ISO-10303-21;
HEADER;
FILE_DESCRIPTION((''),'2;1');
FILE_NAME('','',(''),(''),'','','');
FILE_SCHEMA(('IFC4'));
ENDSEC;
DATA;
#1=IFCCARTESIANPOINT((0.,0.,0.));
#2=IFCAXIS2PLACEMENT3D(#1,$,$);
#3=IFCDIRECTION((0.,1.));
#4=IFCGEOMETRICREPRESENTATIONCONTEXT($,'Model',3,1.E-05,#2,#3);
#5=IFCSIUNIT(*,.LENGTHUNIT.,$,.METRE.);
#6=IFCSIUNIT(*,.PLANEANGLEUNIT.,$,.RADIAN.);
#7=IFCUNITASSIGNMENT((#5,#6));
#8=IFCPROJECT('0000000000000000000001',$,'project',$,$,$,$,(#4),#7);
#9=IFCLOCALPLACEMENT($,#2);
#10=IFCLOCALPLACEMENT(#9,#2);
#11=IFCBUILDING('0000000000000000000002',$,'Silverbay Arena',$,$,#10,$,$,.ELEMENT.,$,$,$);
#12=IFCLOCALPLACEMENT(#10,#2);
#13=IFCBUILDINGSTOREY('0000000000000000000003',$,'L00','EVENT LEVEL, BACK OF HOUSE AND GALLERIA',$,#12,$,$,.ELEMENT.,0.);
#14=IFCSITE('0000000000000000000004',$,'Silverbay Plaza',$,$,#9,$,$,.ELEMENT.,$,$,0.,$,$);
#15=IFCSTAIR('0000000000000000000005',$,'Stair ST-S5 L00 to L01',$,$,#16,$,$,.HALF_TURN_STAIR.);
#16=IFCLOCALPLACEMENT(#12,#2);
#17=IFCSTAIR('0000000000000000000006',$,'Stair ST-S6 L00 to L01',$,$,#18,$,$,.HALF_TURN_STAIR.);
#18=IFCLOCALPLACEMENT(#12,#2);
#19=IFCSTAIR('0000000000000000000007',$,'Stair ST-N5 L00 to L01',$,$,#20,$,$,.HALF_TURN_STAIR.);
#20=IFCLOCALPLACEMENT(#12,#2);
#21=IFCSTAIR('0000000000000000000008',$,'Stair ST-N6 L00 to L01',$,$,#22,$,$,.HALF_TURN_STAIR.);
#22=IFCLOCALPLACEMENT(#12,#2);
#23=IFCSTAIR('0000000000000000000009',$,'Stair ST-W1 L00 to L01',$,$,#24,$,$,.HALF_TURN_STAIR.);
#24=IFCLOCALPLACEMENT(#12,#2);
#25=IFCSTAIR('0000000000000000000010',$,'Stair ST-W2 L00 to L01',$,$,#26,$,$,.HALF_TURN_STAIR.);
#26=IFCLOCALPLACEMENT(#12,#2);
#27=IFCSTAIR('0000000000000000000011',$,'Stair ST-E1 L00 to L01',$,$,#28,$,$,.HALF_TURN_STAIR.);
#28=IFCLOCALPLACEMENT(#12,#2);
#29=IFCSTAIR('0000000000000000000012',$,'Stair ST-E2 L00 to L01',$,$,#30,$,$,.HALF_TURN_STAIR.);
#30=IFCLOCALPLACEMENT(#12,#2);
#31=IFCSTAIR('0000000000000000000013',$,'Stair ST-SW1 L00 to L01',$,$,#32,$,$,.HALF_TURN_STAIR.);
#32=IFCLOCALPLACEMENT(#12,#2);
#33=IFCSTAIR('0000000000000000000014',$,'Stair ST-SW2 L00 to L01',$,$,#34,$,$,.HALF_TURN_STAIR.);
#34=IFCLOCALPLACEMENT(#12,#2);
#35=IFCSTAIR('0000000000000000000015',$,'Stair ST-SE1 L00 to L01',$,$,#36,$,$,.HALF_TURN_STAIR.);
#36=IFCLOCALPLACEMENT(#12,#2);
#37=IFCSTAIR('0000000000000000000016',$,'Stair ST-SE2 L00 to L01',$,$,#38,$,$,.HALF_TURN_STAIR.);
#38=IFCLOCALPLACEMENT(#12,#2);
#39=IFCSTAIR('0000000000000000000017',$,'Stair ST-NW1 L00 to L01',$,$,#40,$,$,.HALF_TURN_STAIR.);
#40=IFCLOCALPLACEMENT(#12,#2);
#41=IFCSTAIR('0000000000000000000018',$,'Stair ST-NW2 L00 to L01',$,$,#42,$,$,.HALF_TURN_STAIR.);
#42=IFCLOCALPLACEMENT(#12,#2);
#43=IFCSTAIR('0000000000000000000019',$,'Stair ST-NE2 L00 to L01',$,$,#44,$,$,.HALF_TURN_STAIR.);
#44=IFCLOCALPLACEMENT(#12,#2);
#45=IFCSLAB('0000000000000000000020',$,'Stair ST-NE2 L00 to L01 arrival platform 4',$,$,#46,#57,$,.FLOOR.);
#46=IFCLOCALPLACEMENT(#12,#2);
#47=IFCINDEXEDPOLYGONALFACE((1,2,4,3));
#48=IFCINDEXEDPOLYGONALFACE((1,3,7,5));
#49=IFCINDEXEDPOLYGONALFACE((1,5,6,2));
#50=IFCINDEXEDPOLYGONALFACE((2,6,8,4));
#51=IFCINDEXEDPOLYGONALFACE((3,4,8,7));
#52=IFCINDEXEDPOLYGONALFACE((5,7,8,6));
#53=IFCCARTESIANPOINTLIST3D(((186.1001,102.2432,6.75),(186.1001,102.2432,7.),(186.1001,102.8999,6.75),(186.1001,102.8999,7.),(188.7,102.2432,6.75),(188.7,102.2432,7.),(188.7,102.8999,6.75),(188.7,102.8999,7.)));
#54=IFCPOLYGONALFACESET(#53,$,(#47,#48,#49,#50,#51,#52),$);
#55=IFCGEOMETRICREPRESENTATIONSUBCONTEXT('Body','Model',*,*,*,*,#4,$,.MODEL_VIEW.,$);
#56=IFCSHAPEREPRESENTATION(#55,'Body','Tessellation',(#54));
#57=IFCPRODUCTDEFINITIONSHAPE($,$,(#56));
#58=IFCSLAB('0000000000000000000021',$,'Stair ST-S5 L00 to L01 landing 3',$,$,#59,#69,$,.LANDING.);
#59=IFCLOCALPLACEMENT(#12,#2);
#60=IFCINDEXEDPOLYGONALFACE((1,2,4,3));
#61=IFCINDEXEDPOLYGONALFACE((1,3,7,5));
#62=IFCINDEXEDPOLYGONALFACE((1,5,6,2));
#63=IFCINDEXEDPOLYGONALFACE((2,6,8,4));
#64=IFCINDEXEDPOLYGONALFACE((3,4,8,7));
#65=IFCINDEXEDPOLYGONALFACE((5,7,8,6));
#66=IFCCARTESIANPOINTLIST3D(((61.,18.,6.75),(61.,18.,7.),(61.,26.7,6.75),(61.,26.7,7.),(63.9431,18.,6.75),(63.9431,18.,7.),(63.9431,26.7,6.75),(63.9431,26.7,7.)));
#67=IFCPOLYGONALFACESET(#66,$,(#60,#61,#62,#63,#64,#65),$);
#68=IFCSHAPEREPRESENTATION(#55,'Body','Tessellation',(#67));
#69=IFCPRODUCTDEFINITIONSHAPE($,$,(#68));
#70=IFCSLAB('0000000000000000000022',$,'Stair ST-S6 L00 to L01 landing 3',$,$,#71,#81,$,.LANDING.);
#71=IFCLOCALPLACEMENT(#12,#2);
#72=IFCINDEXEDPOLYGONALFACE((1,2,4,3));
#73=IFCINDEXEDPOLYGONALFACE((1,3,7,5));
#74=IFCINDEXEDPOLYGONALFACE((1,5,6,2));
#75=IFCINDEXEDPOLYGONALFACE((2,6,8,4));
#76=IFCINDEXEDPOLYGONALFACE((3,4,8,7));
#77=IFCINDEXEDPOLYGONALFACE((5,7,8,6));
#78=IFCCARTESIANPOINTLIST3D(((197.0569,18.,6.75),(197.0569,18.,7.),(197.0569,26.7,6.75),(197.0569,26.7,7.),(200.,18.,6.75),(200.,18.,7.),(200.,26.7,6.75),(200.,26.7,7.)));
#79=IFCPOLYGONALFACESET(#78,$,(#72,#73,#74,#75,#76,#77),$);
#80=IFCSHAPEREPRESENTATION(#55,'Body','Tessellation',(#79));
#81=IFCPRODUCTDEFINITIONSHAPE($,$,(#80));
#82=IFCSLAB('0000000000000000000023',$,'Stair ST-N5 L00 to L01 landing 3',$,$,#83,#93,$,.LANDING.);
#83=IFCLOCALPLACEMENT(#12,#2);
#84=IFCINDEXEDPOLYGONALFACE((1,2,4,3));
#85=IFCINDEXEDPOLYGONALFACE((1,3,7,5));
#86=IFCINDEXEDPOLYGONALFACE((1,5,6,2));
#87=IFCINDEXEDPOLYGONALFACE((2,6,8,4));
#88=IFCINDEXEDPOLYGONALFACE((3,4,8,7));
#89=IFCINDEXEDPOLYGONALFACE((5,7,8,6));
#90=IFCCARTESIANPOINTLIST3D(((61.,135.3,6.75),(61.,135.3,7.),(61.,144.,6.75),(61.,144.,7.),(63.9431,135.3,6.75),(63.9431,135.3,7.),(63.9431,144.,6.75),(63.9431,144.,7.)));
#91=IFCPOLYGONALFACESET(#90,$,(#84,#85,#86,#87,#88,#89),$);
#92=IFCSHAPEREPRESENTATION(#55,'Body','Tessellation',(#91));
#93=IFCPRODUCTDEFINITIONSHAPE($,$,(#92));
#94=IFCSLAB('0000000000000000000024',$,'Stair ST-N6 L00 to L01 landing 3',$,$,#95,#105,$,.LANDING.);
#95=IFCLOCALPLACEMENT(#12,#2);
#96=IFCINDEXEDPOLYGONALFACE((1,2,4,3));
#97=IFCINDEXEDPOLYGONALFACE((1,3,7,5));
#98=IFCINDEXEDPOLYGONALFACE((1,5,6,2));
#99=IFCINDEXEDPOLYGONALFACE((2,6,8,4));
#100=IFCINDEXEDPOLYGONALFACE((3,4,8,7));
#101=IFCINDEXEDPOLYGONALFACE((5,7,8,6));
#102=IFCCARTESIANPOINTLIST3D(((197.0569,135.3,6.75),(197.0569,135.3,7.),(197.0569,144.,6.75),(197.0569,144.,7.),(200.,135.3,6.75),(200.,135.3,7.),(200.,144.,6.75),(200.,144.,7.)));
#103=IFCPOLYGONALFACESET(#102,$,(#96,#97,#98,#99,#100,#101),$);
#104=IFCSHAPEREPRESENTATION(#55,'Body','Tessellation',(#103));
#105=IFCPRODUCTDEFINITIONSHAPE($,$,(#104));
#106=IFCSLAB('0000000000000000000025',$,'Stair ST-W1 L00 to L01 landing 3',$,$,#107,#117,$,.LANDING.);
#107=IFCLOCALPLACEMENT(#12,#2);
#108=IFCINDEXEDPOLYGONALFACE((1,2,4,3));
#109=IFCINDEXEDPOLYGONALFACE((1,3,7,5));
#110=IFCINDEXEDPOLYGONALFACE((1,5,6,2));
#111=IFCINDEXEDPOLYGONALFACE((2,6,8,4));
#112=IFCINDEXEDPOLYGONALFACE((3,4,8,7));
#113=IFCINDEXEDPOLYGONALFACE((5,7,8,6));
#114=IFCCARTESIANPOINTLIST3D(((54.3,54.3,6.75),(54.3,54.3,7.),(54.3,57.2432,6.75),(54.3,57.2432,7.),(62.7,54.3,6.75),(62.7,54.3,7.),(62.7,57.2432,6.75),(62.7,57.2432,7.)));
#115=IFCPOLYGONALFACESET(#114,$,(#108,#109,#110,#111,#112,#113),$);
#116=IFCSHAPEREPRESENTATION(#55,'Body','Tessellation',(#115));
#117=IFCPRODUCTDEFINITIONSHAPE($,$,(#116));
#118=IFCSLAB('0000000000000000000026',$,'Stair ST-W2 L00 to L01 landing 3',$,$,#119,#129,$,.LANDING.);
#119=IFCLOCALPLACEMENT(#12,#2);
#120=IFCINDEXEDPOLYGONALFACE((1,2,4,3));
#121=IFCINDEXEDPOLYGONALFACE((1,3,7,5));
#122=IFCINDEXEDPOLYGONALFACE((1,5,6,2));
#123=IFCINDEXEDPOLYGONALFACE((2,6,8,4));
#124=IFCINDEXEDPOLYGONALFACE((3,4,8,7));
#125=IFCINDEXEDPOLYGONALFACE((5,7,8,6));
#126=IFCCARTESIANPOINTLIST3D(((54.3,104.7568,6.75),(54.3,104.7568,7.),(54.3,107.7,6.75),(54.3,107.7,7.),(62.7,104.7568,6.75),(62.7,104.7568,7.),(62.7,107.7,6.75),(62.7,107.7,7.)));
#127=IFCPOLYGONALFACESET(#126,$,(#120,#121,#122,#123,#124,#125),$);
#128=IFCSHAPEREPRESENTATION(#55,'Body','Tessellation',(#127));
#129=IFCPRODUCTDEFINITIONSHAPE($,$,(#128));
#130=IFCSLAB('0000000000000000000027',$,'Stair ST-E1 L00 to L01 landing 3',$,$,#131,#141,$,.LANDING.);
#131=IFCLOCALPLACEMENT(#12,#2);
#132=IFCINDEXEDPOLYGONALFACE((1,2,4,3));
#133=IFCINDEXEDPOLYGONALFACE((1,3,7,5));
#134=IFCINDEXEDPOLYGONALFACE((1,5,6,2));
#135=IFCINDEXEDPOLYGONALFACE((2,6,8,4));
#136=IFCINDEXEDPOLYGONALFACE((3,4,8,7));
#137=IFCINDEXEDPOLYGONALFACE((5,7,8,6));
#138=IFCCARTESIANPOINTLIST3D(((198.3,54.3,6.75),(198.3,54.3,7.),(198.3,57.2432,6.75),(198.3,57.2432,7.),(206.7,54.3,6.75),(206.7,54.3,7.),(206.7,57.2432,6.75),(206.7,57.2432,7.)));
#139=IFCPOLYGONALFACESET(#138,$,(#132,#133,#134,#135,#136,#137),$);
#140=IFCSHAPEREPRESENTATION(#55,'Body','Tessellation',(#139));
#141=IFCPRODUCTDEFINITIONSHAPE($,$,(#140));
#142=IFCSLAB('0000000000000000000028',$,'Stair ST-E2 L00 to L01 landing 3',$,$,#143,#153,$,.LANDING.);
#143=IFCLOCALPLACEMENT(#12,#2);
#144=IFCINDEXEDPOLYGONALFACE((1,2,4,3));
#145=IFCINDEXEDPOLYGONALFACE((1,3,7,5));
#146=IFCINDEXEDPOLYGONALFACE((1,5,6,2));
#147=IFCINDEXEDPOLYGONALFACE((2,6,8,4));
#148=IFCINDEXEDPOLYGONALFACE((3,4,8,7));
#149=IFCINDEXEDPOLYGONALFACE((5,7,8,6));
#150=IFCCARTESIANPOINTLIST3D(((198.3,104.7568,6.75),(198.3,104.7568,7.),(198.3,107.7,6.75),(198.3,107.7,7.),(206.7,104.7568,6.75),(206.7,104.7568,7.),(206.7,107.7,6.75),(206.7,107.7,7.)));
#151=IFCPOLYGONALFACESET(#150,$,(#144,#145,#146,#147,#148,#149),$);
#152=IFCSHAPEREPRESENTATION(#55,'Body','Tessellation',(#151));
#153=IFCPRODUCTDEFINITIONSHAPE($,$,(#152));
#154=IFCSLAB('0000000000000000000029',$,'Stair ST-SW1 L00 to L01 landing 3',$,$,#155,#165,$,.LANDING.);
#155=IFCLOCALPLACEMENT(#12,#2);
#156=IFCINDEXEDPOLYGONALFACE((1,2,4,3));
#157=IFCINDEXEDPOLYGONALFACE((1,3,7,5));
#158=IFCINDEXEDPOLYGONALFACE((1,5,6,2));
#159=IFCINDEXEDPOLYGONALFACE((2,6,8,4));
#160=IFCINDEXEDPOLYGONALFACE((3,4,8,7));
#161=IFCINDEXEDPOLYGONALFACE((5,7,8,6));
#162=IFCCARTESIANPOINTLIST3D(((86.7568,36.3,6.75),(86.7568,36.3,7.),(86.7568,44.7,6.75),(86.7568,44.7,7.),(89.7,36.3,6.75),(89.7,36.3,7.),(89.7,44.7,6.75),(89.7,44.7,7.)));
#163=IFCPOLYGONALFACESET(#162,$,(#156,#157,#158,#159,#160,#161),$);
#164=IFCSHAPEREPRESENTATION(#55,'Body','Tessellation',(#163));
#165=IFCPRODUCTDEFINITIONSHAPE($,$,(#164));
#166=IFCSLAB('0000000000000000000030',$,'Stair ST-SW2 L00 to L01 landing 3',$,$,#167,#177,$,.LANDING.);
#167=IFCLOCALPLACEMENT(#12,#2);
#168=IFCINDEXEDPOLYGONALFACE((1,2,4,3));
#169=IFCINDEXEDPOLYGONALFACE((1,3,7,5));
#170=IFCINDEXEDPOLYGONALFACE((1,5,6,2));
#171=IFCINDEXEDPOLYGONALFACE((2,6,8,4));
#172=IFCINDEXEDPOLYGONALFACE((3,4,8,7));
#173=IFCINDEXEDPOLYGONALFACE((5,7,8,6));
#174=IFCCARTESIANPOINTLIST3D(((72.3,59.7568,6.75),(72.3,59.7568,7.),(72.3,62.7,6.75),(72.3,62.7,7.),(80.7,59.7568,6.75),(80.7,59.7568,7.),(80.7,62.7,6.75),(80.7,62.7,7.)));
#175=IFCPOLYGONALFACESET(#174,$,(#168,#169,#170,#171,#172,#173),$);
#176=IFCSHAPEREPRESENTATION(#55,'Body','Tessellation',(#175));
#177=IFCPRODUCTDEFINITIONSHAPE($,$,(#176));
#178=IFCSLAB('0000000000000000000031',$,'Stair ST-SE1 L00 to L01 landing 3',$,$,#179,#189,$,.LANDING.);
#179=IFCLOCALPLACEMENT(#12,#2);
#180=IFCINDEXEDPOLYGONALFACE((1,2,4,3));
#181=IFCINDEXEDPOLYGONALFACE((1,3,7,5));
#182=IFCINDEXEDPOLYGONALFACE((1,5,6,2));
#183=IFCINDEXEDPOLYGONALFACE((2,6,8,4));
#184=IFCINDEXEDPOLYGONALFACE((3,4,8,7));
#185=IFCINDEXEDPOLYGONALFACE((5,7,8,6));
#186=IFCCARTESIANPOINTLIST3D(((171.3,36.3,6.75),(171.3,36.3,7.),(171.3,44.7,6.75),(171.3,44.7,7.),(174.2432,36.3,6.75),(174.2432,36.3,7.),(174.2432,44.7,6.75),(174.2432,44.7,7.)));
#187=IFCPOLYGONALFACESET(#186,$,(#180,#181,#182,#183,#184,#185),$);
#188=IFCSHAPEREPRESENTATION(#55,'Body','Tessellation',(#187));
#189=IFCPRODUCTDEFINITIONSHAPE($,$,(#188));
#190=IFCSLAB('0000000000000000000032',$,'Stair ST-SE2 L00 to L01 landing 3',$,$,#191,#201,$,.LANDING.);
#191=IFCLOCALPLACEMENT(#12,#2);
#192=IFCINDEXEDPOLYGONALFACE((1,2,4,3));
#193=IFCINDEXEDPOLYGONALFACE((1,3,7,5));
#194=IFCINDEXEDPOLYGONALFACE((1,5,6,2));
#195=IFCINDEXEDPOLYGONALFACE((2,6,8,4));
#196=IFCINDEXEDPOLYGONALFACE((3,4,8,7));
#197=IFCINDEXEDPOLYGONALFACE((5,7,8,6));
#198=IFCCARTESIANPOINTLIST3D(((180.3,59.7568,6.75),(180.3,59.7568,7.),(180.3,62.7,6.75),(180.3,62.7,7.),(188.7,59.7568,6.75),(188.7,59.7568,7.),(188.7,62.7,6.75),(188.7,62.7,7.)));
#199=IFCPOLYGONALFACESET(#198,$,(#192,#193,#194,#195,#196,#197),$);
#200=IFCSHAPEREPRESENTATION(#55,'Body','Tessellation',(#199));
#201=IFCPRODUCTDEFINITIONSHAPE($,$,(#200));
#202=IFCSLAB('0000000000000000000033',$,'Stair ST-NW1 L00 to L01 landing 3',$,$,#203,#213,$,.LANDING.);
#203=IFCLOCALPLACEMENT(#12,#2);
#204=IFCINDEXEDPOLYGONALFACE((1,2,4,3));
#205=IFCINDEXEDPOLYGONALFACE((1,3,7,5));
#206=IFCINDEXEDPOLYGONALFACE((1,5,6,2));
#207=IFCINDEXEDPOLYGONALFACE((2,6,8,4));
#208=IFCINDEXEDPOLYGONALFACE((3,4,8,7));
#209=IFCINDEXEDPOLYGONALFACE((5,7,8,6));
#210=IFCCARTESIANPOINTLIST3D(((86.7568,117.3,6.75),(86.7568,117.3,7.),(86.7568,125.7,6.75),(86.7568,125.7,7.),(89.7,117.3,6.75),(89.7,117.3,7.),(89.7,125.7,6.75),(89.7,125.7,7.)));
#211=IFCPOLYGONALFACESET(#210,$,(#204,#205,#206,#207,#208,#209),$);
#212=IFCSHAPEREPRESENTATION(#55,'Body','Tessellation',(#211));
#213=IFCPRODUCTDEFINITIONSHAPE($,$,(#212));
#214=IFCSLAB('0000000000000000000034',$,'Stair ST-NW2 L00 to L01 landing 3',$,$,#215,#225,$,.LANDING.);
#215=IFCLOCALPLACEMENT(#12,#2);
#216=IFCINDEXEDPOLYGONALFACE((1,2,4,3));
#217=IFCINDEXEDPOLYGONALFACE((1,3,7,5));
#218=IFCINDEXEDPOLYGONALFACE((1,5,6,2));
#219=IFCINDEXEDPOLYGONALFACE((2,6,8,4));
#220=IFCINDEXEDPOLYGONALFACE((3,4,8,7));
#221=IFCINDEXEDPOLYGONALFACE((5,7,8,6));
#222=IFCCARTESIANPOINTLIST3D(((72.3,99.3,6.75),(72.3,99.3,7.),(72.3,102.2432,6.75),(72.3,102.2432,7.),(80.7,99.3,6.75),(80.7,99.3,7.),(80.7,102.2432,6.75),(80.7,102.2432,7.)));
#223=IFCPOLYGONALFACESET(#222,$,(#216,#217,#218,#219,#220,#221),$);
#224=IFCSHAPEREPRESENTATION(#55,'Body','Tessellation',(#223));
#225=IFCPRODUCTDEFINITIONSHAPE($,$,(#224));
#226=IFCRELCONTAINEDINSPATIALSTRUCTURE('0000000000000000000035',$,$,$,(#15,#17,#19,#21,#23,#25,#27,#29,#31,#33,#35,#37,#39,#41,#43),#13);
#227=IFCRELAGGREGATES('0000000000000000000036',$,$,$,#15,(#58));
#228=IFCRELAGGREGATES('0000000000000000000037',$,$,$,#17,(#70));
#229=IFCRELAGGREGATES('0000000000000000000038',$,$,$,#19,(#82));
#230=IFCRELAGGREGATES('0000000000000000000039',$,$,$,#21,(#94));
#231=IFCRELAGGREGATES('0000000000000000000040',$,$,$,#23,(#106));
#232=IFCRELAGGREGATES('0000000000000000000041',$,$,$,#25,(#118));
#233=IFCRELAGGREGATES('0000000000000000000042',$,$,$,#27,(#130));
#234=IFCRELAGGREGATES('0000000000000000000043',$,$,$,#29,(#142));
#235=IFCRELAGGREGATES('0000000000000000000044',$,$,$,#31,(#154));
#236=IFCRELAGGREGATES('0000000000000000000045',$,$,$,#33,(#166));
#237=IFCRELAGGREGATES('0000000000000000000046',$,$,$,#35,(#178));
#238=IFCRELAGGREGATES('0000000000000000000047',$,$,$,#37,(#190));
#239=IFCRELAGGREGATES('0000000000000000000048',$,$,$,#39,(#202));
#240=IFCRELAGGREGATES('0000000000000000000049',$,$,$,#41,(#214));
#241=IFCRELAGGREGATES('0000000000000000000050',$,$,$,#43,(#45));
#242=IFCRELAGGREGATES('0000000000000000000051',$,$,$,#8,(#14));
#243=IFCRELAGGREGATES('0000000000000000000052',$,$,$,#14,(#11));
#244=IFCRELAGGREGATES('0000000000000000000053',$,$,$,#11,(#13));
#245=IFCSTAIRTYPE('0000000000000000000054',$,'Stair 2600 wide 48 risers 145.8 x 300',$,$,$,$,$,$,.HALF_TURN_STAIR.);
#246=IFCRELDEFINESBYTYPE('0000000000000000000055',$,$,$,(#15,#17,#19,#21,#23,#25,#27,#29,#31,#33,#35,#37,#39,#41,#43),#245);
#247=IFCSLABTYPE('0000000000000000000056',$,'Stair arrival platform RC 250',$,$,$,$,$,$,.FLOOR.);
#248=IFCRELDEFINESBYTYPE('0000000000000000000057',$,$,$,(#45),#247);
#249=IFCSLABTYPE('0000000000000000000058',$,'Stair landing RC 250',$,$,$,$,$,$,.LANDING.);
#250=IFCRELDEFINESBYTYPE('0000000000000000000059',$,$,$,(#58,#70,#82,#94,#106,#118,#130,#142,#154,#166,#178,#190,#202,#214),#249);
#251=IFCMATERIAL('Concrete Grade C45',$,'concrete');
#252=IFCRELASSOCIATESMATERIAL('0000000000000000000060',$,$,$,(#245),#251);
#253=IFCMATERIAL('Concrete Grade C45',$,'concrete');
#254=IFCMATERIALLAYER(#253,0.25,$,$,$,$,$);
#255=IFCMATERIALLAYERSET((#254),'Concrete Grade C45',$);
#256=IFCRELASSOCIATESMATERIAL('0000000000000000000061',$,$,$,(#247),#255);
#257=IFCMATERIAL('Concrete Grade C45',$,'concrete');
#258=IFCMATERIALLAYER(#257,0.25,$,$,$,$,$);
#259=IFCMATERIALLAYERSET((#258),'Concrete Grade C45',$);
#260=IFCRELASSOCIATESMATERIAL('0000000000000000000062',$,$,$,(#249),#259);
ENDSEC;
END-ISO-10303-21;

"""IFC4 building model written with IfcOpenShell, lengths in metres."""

from ifc_helpers import new_model, si_unit, direction, frame, origin, place, context, subcontext, project, spatial, polyline, outline, extrude, material, layer, layer_set, type_object, element, aggregate, save


model = new_model("IFC4")

# Units and contexts
model_context = context("Model", 3, precision=1e-05, world=origin(), true_north=direction((0.0, 1.0)))
body_context = subcontext(model_context, "Body", "Model", "MODEL_VIEW")
ifc_project = project(units=[si_unit("LENGTHUNIT", "METRE"), si_unit("PLANEANGLEUNIT", "RADIAN")], contexts=[model_context])

# Site, building, storey
site_placement = place(None, origin())
site = spatial("IfcSite", under=ifc_project, at=site_placement, Name="Silverbay Plaza", CompositionType="ELEMENT", RefElevation=0.0)
building_placement = place(site_placement, origin())
building = spatial("IfcBuilding", under=site, at=building_placement, Name="Silverbay Arena", CompositionType="ELEMENT")
storey_placement = place(building_placement, origin())
storey = spatial("IfcBuildingStorey", under=building, at=storey_placement, Name="L00", Description="EVENT LEVEL, BACK OF HOUSE AND GALLERIA", CompositionType="ELEMENT", Elevation=0.0)

# Stairs, slab
ifc_material_1 = material(Name="Concrete Grade C45", Category="concrete")
stair_type = type_object("IfcStairType", Name="Stair 2600 wide 48 risers 145.8 x 300", PredefinedType="HALF_TURN_STAIR", material=ifc_material_1)
stair_1_placement = place(storey_placement, origin())
stair_1 = element("IfcStair", 1, at=stair_1_placement, inside=storey, type_object=stair_type, Name="Stair ST-S5 L00 to L01", PredefinedType="HALF_TURN_STAIR")
ifc_material_2 = material(Name="Concrete Grade C45", Category="concrete")
ifc_layer_1 = layer(ifc_material_2, 0.25)
ifc_layer_set_1 = layer_set([ifc_layer_1], Name="Concrete Grade C45")
slab_type_1 = type_object("IfcSlabType", Name="Stair arrival platform RC 250", PredefinedType="FLOOR", material=ifc_layer_set_1)
stair_2_placement = place(storey_placement, origin())
stair_2 = element("IfcStair", 2, at=stair_2_placement, inside=storey, type_object=stair_type, Name="Stair ST-S6 L00 to L01", PredefinedType="HALF_TURN_STAIR")
stair_3_placement = place(storey_placement, origin())
stair_3 = element("IfcStair", 3, at=stair_3_placement, inside=storey, type_object=stair_type, Name="Stair ST-N5 L00 to L01", PredefinedType="HALF_TURN_STAIR")
stair_4_placement = place(storey_placement, origin())
stair_4 = element("IfcStair", 4, at=stair_4_placement, inside=storey, type_object=stair_type, Name="Stair ST-N6 L00 to L01", PredefinedType="HALF_TURN_STAIR")
stair_5_placement = place(storey_placement, origin())
stair_5 = element("IfcStair", 5, at=stair_5_placement, inside=storey, type_object=stair_type, Name="Stair ST-W1 L00 to L01", PredefinedType="HALF_TURN_STAIR")
stair_6_placement = place(storey_placement, origin())
stair_6 = element("IfcStair", 6, at=stair_6_placement, inside=storey, type_object=stair_type, Name="Stair ST-W2 L00 to L01", PredefinedType="HALF_TURN_STAIR")
stair_7_placement = place(storey_placement, origin())
stair_7 = element("IfcStair", 7, at=stair_7_placement, inside=storey, type_object=stair_type, Name="Stair ST-E1 L00 to L01", PredefinedType="HALF_TURN_STAIR")
stair_8_placement = place(storey_placement, origin())
stair_8 = element("IfcStair", 8, at=stair_8_placement, inside=storey, type_object=stair_type, Name="Stair ST-E2 L00 to L01", PredefinedType="HALF_TURN_STAIR")
stair_9_placement = place(storey_placement, origin())
stair_9 = element("IfcStair", 9, at=stair_9_placement, inside=storey, type_object=stair_type, Name="Stair ST-SW1 L00 to L01", PredefinedType="HALF_TURN_STAIR")
stair_10_placement = place(storey_placement, origin())
stair_10 = element("IfcStair", 10, at=stair_10_placement, inside=storey, type_object=stair_type, Name="Stair ST-SW2 L00 to L01", PredefinedType="HALF_TURN_STAIR")
stair_11_placement = place(storey_placement, origin())
stair_11 = element("IfcStair", 11, at=stair_11_placement, inside=storey, type_object=stair_type, Name="Stair ST-SE1 L00 to L01", PredefinedType="HALF_TURN_STAIR")
stair_12_placement = place(storey_placement, origin())
stair_12 = element("IfcStair", 12, at=stair_12_placement, inside=storey, type_object=stair_type, Name="Stair ST-SE2 L00 to L01", PredefinedType="HALF_TURN_STAIR")
stair_13_placement = place(storey_placement, origin())
stair_13 = element("IfcStair", 13, at=stair_13_placement, inside=storey, type_object=stair_type, Name="Stair ST-NW1 L00 to L01", PredefinedType="HALF_TURN_STAIR")
stair_14_placement = place(storey_placement, origin())
stair_14 = element("IfcStair", 14, at=stair_14_placement, inside=storey, type_object=stair_type, Name="Stair ST-NW2 L00 to L01", PredefinedType="HALF_TURN_STAIR")
stair_15_placement = place(storey_placement, origin())
stair_15 = element("IfcStair", 15, at=stair_15_placement, inside=storey, type_object=stair_type, Name="Stair ST-NE2 L00 to L01", PredefinedType="HALF_TURN_STAIR")
slab_1_placement = place(storey_placement, frame((0.0, 0.0, 6.75)))
slab_1 = element("IfcSlab", 16, at=slab_1_placement, type_object=slab_type_1, Name="Stair ST-NE2 L00 to L01 arrival platform 4", PredefinedType="FLOOR", context=body_context, shape_type="SweptSolid", body=[
    extrude(outline(polyline([(186.1001, 102.8999), (186.1001, 102.2432), (188.7, 102.2432), (188.7, 102.8999), (186.1001, 102.8999)])), origin(), (0.0, 0.0, 1.0), 0.25),
])

# Slabs
ifc_material_3 = material(Name="Concrete Grade C45", Category="concrete")
ifc_layer_2 = layer(ifc_material_3, 0.25)
ifc_layer_set_2 = layer_set([ifc_layer_2], Name="Concrete Grade C45")
slab_type_2 = type_object("IfcSlabType", Name="Stair landing RC 250", PredefinedType="LANDING", material=ifc_layer_set_2)
slab_2_placement = place(storey_placement, frame((0.0, 0.0, 6.75)))
slab_2 = element("IfcSlab", 17, at=slab_2_placement, type_object=slab_type_2, Name="Stair ST-S5 L00 to L01 landing 3", PredefinedType="LANDING", context=body_context, shape_type="SweptSolid", body=[
    extrude(outline(polyline([(63.9431, 26.7), (61.0, 26.7), (61.0, 18.0), (63.9431, 18.0), (63.9431, 26.7)])), origin(), (0.0, 0.0, 1.0), 0.25),
])
aggregate(stair_1, [slab_2])
slab_3_placement = place(storey_placement, frame((0.0, 0.0, 6.75)))
slab_3 = element("IfcSlab", 18, at=slab_3_placement, type_object=slab_type_2, Name="Stair ST-S6 L00 to L01 landing 3", PredefinedType="LANDING", context=body_context, shape_type="SweptSolid", body=[
    extrude(outline(polyline([(197.0569, 26.7), (200.0, 26.7), (200.0, 18.0), (197.0569, 18.0), (197.0569, 26.7)])), origin(), (0.0, 0.0, 1.0), 0.25),
])
aggregate(stair_2, [slab_3])
slab_4_placement = place(storey_placement, frame((0.0, 0.0, 6.75)))
slab_4 = element("IfcSlab", 19, at=slab_4_placement, type_object=slab_type_2, Name="Stair ST-N5 L00 to L01 landing 3", PredefinedType="LANDING", context=body_context, shape_type="SweptSolid", body=[
    extrude(outline(polyline([(63.9431, 135.3), (61.0, 135.3), (61.0, 144.0), (63.9431, 144.0), (63.9431, 135.3)])), origin(), (0.0, 0.0, 1.0), 0.25),
])
aggregate(stair_3, [slab_4])
slab_5_placement = place(storey_placement, frame((0.0, 0.0, 6.75)))
slab_5 = element("IfcSlab", 20, at=slab_5_placement, type_object=slab_type_2, Name="Stair ST-N6 L00 to L01 landing 3", PredefinedType="LANDING", context=body_context, shape_type="SweptSolid", body=[
    extrude(outline(polyline([(197.0569, 135.3), (200.0, 135.3), (200.0, 144.0), (197.0569, 144.0), (197.0569, 135.3)])), origin(), (0.0, 0.0, 1.0), 0.25),
])
aggregate(stair_4, [slab_5])
slab_6_placement = place(storey_placement, frame((0.0, 0.0, 6.75)))
slab_6 = element("IfcSlab", 21, at=slab_6_placement, type_object=slab_type_2, Name="Stair ST-W1 L00 to L01 landing 3", PredefinedType="LANDING", context=body_context, shape_type="SweptSolid", body=[
    extrude(outline(polyline([(62.7, 57.2432), (62.7, 54.3), (54.3, 54.3), (54.3, 57.2432), (62.7, 57.2432)])), origin(), (0.0, 0.0, 1.0), 0.25),
])
aggregate(stair_5, [slab_6])
slab_7_placement = place(storey_placement, frame((0.0, 0.0, 6.75)))
slab_7 = element("IfcSlab", 22, at=slab_7_placement, type_object=slab_type_2, Name="Stair ST-W2 L00 to L01 landing 3", PredefinedType="LANDING", context=body_context, shape_type="SweptSolid", body=[
    extrude(outline(polyline([(62.7, 104.7568), (62.7, 107.7), (54.3, 107.7), (54.3, 104.7568), (62.7, 104.7568)])), origin(), (0.0, 0.0, 1.0), 0.25),
])
aggregate(stair_6, [slab_7])
slab_8_placement = place(storey_placement, frame((0.0, 0.0, 6.75)))
slab_8 = element("IfcSlab", 23, at=slab_8_placement, type_object=slab_type_2, Name="Stair ST-E1 L00 to L01 landing 3", PredefinedType="LANDING", context=body_context, shape_type="SweptSolid", body=[
    extrude(outline(polyline([(198.3, 57.2432), (198.3, 54.3), (206.7, 54.3), (206.7, 57.2432), (198.3, 57.2432)])), origin(), (0.0, 0.0, 1.0), 0.25),
])
aggregate(stair_7, [slab_8])
slab_9_placement = place(storey_placement, frame((0.0, 0.0, 6.75)))
slab_9 = element("IfcSlab", 24, at=slab_9_placement, type_object=slab_type_2, Name="Stair ST-E2 L00 to L01 landing 3", PredefinedType="LANDING", context=body_context, shape_type="SweptSolid", body=[
    extrude(outline(polyline([(198.3, 104.7568), (198.3, 107.7), (206.7, 107.7), (206.7, 104.7568), (198.3, 104.7568)])), origin(), (0.0, 0.0, 1.0), 0.25),
])
aggregate(stair_8, [slab_9])
slab_10_placement = place(storey_placement, frame((0.0, 0.0, 6.75)))
slab_10 = element("IfcSlab", 25, at=slab_10_placement, type_object=slab_type_2, Name="Stair ST-SW1 L00 to L01 landing 3", PredefinedType="LANDING", context=body_context, shape_type="SweptSolid", body=[
    extrude(outline(polyline([(86.7568, 44.7), (89.7, 44.7), (89.7, 36.3), (86.7568, 36.3), (86.7568, 44.7)])), origin(), (0.0, 0.0, 1.0), 0.25),
])
aggregate(stair_9, [slab_10])
slab_11_placement = place(storey_placement, frame((0.0, 0.0, 6.75)))
slab_11 = element("IfcSlab", 26, at=slab_11_placement, type_object=slab_type_2, Name="Stair ST-SW2 L00 to L01 landing 3", PredefinedType="LANDING", context=body_context, shape_type="SweptSolid", body=[
    extrude(outline(polyline([(80.7, 59.7568), (80.7, 62.7), (72.3, 62.7), (72.3, 59.7568), (80.7, 59.7568)])), origin(), (0.0, 0.0, 1.0), 0.25),
])
aggregate(stair_10, [slab_11])
slab_12_placement = place(storey_placement, frame((0.0, 0.0, 6.75)))
slab_12 = element("IfcSlab", 27, at=slab_12_placement, type_object=slab_type_2, Name="Stair ST-SE1 L00 to L01 landing 3", PredefinedType="LANDING", context=body_context, shape_type="SweptSolid", body=[
    extrude(outline(polyline([(174.2432, 44.7), (171.3, 44.7), (171.3, 36.3), (174.2432, 36.3), (174.2432, 44.7)])), origin(), (0.0, 0.0, 1.0), 0.25),
])
aggregate(stair_11, [slab_12])
slab_13_placement = place(storey_placement, frame((0.0, 0.0, 6.75)))
slab_13 = element("IfcSlab", 28, at=slab_13_placement, type_object=slab_type_2, Name="Stair ST-SE2 L00 to L01 landing 3", PredefinedType="LANDING", context=body_context, shape_type="SweptSolid", body=[
    extrude(outline(polyline([(180.3, 59.7568), (180.3, 62.7), (188.7, 62.7), (188.7, 59.7568), (180.3, 59.7568)])), origin(), (0.0, 0.0, 1.0), 0.25),
])
aggregate(stair_12, [slab_13])
slab_14_placement = place(storey_placement, frame((0.0, 0.0, 6.75)))
slab_14 = element("IfcSlab", 29, at=slab_14_placement, type_object=slab_type_2, Name="Stair ST-NW1 L00 to L01 landing 3", PredefinedType="LANDING", context=body_context, shape_type="SweptSolid", body=[
    extrude(outline(polyline([(86.7568, 117.3), (89.7, 117.3), (89.7, 125.7), (86.7568, 125.7), (86.7568, 117.3)])), origin(), (0.0, 0.0, 1.0), 0.25),
])
aggregate(stair_13, [slab_14])
slab_15_placement = place(storey_placement, frame((0.0, 0.0, 6.75)))
slab_15 = element("IfcSlab", 30, at=slab_15_placement, type_object=slab_type_2, Name="Stair ST-NW2 L00 to L01 landing 3", PredefinedType="LANDING", context=body_context, shape_type="SweptSolid", body=[
    extrude(outline(polyline([(80.7, 102.2432), (80.7, 99.3), (72.3, 99.3), (72.3, 102.2432), (80.7, 102.2432)])), origin(), (0.0, 0.0, 1.0), 0.25),
])
aggregate(stair_14, [slab_15])
aggregate(stair_15, [slab_1])

save(model, "model.ifc")
